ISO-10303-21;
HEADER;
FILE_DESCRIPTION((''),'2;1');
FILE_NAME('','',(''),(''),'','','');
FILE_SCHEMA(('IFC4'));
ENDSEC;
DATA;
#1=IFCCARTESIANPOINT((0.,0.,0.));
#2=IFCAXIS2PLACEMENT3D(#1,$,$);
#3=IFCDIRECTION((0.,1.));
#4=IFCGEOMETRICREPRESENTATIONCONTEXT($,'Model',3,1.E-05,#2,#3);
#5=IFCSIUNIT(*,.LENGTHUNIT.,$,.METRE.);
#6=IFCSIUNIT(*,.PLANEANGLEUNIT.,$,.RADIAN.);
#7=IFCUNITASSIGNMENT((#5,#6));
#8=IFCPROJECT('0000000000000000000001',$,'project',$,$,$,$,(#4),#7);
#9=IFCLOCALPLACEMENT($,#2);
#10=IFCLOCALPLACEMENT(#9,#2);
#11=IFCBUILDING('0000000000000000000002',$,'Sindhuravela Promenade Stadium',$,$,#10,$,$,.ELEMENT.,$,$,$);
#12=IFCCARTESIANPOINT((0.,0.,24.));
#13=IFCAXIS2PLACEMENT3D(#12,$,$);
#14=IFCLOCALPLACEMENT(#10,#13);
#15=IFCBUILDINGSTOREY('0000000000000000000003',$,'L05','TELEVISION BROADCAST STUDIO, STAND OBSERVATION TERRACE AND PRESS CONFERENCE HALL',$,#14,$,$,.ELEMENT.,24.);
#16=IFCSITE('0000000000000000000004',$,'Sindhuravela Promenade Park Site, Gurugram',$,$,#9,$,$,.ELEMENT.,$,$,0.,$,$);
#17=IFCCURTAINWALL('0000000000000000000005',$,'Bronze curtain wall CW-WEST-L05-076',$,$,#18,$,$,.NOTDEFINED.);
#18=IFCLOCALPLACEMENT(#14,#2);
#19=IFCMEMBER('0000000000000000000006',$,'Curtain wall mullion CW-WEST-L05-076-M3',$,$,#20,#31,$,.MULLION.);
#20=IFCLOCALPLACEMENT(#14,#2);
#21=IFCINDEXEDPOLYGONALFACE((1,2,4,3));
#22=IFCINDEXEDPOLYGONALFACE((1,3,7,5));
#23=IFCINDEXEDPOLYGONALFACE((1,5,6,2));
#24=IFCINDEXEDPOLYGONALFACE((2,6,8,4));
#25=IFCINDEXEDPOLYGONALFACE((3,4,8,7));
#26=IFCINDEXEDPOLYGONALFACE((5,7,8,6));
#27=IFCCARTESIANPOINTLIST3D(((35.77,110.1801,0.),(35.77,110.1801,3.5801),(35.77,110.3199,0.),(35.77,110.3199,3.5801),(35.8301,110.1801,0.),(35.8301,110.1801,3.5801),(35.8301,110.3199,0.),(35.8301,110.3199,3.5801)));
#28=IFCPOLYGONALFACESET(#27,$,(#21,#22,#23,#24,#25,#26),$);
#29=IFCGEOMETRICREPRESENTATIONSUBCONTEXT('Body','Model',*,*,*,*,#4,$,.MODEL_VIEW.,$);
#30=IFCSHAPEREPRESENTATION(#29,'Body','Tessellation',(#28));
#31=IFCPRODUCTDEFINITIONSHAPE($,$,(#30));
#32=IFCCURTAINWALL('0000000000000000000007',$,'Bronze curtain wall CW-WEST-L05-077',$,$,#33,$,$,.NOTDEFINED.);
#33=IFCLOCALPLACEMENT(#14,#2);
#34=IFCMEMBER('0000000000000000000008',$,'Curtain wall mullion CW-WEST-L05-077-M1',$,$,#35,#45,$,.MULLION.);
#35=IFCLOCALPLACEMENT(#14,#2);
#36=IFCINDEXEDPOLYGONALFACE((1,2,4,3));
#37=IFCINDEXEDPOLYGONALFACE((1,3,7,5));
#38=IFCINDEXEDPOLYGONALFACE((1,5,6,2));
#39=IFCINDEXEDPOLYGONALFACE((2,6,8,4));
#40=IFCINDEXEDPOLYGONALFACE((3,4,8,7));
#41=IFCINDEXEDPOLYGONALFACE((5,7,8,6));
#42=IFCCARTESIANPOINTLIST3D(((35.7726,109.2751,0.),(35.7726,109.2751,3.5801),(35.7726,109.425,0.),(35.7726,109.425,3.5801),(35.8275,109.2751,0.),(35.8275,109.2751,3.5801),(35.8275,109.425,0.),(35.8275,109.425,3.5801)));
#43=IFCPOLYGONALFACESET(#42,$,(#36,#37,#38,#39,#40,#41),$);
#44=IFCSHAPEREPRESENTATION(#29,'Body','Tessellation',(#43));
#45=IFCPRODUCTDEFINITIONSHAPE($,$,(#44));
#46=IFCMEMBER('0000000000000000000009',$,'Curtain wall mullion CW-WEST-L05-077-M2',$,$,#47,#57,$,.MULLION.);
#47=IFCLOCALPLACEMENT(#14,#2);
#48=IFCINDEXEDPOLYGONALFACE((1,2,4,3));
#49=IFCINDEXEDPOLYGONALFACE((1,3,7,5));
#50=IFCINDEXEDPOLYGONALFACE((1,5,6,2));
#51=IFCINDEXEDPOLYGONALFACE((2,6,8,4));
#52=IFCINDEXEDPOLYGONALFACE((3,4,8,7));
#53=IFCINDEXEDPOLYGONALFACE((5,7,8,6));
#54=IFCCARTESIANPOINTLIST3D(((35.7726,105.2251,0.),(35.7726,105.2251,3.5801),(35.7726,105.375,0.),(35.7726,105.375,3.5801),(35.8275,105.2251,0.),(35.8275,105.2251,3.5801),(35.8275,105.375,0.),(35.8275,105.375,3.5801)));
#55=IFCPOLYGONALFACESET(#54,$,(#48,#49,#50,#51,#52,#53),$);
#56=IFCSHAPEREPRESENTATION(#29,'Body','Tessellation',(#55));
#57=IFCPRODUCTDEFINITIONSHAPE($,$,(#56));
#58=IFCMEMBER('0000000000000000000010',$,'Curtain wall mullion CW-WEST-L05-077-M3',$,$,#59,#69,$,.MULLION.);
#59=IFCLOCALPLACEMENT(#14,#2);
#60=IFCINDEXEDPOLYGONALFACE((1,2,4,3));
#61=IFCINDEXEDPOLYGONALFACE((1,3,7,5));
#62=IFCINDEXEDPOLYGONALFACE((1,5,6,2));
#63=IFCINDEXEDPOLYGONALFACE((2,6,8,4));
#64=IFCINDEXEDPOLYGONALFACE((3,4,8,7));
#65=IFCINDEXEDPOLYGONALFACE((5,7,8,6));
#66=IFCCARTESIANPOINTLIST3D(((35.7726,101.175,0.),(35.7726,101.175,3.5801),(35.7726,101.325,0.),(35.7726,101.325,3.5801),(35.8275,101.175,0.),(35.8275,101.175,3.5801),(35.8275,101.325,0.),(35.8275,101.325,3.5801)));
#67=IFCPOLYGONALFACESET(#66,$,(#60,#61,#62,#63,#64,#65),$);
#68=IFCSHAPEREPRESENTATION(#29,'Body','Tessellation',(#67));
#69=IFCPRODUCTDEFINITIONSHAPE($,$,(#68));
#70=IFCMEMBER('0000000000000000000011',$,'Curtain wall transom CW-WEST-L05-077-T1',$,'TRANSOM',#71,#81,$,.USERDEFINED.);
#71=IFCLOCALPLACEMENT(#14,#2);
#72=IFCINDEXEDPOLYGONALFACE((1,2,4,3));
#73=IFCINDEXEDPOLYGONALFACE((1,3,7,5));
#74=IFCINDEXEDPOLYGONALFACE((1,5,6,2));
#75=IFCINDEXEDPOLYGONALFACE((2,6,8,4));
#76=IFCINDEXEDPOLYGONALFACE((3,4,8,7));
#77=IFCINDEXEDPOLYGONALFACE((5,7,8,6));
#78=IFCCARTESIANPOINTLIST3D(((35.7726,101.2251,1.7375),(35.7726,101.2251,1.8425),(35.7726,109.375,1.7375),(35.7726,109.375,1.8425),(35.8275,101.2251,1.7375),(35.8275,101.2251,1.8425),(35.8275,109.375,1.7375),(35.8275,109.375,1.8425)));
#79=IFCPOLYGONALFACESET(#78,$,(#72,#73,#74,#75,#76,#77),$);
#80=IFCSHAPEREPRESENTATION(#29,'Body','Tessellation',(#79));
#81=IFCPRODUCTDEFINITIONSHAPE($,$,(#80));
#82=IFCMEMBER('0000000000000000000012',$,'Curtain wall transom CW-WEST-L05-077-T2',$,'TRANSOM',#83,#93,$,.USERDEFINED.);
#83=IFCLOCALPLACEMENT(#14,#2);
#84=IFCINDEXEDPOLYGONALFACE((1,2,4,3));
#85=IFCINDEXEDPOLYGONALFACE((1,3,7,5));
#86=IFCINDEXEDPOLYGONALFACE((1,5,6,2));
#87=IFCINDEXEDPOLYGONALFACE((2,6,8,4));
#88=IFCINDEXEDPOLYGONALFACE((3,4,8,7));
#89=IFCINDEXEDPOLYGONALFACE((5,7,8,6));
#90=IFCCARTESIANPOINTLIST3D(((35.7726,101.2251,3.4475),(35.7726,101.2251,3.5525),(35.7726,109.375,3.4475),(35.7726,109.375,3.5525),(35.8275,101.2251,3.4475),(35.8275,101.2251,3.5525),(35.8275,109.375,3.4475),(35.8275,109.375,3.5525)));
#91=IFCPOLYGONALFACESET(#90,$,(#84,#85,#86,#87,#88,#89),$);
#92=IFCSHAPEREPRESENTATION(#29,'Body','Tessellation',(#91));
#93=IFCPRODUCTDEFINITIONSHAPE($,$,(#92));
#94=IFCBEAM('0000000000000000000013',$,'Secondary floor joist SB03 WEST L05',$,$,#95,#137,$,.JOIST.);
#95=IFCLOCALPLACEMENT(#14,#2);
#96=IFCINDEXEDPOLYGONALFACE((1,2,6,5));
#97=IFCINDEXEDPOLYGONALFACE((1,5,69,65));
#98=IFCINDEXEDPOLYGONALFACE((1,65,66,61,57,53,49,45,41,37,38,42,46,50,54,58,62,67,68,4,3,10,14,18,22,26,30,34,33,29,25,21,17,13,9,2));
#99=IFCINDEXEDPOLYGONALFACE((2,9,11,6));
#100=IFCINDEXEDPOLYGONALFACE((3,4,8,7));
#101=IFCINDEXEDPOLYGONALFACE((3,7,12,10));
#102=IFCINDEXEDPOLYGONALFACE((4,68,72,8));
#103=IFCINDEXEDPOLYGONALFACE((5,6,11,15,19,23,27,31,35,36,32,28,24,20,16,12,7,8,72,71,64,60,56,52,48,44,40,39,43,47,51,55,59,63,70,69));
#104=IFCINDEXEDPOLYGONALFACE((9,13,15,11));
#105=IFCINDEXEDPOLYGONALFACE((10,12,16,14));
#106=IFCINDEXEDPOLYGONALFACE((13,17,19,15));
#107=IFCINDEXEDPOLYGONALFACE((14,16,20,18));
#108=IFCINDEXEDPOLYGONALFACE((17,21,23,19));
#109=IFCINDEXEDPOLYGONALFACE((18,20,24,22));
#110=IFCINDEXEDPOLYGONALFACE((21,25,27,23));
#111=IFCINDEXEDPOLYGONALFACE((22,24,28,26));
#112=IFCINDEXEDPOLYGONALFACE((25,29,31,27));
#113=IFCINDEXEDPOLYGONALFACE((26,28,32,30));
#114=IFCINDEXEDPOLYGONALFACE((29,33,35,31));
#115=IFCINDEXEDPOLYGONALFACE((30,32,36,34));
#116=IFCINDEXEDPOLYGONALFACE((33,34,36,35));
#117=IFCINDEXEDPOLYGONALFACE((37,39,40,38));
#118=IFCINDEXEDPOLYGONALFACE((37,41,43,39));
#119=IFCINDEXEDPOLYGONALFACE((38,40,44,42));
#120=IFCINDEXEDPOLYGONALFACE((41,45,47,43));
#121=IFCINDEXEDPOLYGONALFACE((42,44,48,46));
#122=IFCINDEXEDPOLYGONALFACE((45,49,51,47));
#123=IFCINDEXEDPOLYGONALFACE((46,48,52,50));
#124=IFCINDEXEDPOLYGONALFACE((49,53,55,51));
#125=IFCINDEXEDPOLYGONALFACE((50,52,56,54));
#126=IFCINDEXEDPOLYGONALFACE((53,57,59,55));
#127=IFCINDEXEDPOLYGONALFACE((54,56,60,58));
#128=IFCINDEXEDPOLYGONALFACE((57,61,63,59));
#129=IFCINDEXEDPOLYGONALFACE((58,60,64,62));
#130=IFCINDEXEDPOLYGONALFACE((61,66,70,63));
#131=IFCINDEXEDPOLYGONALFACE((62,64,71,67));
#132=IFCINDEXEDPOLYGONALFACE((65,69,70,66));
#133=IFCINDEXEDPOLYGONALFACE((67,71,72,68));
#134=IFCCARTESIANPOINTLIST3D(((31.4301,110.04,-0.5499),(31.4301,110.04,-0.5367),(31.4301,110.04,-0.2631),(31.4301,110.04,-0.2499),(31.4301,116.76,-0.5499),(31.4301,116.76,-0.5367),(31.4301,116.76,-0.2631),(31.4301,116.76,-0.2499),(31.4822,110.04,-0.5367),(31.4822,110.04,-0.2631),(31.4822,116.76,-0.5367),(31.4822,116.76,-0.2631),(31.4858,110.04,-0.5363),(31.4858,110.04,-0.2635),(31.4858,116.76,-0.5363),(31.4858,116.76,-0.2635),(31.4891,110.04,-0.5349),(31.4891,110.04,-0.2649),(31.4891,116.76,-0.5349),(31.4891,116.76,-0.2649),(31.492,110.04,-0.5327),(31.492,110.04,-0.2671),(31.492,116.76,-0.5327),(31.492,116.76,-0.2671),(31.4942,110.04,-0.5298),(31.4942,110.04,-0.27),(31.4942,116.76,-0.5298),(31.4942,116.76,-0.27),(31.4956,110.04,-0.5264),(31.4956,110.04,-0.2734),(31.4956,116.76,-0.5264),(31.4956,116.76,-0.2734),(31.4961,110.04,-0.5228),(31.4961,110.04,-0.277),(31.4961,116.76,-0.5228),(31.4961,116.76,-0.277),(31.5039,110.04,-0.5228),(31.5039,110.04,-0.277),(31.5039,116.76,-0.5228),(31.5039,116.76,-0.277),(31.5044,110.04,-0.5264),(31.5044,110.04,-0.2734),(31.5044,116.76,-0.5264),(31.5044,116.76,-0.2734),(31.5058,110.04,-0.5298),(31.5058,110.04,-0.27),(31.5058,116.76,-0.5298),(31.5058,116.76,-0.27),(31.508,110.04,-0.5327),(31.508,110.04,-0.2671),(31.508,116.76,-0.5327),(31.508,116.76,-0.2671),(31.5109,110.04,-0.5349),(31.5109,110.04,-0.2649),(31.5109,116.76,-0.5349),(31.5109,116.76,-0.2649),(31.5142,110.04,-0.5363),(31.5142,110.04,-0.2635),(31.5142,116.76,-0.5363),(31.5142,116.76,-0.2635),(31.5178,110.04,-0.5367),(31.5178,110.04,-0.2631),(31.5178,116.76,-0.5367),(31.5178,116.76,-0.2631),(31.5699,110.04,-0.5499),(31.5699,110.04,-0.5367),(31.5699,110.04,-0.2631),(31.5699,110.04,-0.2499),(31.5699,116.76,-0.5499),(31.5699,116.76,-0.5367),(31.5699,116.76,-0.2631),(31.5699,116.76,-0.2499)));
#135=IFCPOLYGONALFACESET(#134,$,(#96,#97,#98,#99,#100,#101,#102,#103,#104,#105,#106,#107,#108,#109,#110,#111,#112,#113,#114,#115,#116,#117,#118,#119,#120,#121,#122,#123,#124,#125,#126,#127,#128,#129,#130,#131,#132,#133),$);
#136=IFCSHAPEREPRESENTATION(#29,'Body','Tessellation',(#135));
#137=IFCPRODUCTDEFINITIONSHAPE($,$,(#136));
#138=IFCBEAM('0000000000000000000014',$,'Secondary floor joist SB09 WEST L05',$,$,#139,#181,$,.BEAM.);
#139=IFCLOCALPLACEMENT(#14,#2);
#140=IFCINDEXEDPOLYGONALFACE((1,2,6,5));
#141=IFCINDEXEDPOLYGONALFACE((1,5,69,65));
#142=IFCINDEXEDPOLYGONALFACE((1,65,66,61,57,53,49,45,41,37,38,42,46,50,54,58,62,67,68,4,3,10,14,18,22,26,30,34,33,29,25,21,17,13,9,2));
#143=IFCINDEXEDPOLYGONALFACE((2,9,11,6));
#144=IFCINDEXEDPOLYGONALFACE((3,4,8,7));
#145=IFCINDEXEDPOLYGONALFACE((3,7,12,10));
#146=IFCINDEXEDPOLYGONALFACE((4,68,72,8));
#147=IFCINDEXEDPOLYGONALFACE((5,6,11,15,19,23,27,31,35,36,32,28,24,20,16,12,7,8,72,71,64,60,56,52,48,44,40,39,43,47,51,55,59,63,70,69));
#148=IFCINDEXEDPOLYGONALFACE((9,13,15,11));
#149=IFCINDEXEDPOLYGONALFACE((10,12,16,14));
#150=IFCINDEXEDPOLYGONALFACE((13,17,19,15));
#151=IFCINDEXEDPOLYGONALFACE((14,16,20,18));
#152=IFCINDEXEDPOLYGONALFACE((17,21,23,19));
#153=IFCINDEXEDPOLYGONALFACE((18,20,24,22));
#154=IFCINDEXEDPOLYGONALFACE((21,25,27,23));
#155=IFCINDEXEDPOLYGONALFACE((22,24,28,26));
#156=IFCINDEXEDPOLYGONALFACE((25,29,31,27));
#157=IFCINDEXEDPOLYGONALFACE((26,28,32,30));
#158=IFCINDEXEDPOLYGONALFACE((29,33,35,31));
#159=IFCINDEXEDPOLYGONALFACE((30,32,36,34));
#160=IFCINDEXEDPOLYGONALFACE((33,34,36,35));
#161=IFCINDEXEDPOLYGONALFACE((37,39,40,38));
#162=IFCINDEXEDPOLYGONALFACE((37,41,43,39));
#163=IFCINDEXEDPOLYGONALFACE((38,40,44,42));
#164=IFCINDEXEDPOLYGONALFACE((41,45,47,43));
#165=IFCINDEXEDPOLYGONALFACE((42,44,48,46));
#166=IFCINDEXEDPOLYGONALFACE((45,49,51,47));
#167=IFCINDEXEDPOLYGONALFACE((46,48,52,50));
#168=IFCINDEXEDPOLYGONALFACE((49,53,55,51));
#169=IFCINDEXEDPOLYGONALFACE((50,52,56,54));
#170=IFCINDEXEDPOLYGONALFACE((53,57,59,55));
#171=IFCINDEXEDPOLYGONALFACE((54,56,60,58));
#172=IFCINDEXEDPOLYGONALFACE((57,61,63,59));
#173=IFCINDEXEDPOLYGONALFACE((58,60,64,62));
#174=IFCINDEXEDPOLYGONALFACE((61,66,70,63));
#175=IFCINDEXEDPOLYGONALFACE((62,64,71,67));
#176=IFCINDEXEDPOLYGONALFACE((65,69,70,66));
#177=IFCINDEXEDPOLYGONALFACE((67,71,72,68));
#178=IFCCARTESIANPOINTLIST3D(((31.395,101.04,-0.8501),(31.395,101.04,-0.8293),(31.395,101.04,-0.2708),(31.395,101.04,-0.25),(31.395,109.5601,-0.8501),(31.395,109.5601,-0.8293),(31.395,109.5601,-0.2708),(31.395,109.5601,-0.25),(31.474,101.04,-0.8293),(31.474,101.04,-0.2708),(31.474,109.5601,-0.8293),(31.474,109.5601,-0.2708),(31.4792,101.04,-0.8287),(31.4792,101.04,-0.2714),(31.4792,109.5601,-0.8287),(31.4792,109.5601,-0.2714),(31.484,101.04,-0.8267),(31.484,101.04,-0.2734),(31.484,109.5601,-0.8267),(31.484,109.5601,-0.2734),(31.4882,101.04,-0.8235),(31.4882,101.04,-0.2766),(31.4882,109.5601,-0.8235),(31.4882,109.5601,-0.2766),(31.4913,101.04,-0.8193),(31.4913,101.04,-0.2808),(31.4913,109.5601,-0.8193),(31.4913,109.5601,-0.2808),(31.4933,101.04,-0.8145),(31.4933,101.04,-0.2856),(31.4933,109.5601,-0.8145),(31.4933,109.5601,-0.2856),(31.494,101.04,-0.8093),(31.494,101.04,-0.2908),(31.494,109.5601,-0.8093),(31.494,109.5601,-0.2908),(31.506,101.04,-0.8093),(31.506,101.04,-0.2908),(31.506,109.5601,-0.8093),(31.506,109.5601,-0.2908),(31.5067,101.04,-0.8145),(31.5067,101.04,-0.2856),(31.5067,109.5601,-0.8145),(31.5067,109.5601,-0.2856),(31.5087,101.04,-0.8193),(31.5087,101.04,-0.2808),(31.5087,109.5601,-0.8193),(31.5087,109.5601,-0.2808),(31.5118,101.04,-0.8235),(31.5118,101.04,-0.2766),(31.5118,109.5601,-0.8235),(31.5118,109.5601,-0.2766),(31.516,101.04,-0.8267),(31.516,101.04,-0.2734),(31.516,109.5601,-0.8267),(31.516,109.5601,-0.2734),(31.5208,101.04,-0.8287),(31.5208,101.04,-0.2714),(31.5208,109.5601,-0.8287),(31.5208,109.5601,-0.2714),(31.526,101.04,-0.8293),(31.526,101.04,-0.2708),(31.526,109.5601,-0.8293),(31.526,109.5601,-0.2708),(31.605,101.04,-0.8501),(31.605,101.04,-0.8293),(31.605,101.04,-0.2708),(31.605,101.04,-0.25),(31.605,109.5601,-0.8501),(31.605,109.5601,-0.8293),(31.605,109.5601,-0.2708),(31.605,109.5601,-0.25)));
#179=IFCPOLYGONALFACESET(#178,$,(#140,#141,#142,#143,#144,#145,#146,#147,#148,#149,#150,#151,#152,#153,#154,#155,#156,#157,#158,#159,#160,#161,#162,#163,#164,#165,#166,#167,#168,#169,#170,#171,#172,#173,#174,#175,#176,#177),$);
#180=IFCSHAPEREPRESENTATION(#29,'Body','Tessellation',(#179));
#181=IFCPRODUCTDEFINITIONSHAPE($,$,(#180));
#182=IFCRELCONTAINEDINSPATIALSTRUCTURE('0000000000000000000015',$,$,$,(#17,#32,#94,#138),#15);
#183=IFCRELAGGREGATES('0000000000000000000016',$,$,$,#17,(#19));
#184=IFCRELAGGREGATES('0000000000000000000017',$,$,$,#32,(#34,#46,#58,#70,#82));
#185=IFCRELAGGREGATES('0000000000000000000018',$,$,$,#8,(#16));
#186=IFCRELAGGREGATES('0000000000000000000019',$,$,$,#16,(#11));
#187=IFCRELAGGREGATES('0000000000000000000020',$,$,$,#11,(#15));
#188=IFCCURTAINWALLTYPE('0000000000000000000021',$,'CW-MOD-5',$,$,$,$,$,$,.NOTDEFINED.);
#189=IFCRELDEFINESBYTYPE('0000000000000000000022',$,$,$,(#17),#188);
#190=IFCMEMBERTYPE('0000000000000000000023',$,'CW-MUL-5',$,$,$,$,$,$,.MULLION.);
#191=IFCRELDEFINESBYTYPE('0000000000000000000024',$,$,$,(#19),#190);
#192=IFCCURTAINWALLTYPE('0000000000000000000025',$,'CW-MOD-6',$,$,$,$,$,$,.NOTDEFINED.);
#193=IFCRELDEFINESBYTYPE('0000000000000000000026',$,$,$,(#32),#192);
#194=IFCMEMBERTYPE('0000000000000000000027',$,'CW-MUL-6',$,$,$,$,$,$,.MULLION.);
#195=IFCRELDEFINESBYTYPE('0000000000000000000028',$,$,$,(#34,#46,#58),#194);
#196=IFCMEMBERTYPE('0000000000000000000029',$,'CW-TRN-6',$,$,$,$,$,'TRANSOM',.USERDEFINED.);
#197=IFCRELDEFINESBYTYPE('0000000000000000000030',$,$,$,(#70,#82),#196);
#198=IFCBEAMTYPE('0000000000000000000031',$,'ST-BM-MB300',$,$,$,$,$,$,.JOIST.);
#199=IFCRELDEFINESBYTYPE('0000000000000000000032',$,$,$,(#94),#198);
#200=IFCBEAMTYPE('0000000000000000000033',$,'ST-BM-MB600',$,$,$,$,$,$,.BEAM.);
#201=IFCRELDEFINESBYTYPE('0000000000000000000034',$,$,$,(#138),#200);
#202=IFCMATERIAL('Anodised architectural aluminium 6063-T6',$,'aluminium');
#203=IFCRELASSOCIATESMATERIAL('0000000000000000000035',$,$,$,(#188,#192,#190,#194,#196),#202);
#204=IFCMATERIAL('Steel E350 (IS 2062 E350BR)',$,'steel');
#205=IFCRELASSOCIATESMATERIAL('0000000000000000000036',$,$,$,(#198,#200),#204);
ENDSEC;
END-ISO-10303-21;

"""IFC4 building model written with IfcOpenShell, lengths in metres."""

from ifc_helpers import new_model, si_unit, direction, frame, origin, origin_2d, place, context, subcontext, project, spatial, rectangle, i_section, extrude, material, material_profile, profile_set, type_object, element, aggregate, save


model = new_model("IFC4")

# Units and contexts
model_context = context("Model", 3, precision=1e-05, world=origin(), true_north=direction((0.0, 1.0)))
body_context = subcontext(model_context, "Body", "Model", "MODEL_VIEW")
ifc_project = project(units=[si_unit("LENGTHUNIT", "METRE"), si_unit("PLANEANGLEUNIT", "RADIAN")], contexts=[model_context])

# Site, building, storey
site_placement = place(None, origin())
site = spatial("IfcSite", under=ifc_project, at=site_placement, Name="Sindhuravela Promenade Park Site, Gurugram", CompositionType="ELEMENT", RefElevation=0.0)
building_placement = place(site_placement, origin())
building = spatial("IfcBuilding", under=site, at=building_placement, Name="Sindhuravela Promenade Stadium", CompositionType="ELEMENT")
storey_placement = place(building_placement, frame((0.0, 0.0, 24.0)))
storey = spatial("IfcBuildingStorey", under=building, at=storey_placement, Name="L05", Description="TELEVISION BROADCAST STUDIO, STAND OBSERVATION TERRACE AND PRESS CONFERENCE HALL", CompositionType="ELEMENT", Elevation=24.0)

# Curtain wall, member
ifc_material_1 = material(Name="Anodised architectural aluminium 6063-T6", Category="aluminium")
curtain_wall_type_1 = type_object("IfcCurtainWallType", Name="CW-MOD-5", PredefinedType="NOTDEFINED", material=ifc_material_1)
curtain_wall_1_placement = place(storey_placement, origin())
curtain_wall_1 = element("IfcCurtainWall", 1, at=curtain_wall_1_placement, inside=storey, type_object=curtain_wall_type_1, Name="Bronze curtain wall CW-WEST-L05-076", PredefinedType="NOTDEFINED")
ifc_material_profile_1 = material_profile(ifc_material_1, rectangle(XDim=0.0601, YDim=0.1399, at=origin_2d()), Name="ALU M60x140")
ifc_profile_set_1 = profile_set([ifc_material_profile_1], Name="Anodised architectural aluminium 6063-T6")
member_type_1 = type_object("IfcMemberType", Name="CW-MUL-5", PredefinedType="MULLION", material=ifc_profile_set_1)
member_1_placement = place(storey_placement, frame((35.8, 110.25, 0.0), z_axis=(0.0, 0.0, 1.0), x_axis=(1.0, 0.0, 0.0)))
member_1 = element("IfcMember", 2, at=member_1_placement, type_object=member_type_1, Name="Curtain wall mullion CW-WEST-L05-076-M3", PredefinedType="MULLION", context=body_context, shape_type="SweptSolid", body=[
    extrude(rectangle(XDim=0.0601, YDim=0.1399, at=origin_2d()), origin(), (0.0, 0.0, 1.0), 3.5801),
])

# Curtain wall, members
curtain_wall_type_2 = type_object("IfcCurtainWallType", Name="CW-MOD-6", PredefinedType="NOTDEFINED", material=ifc_material_1)
curtain_wall_2_placement = place(storey_placement, origin())
curtain_wall_2 = element("IfcCurtainWall", 3, at=curtain_wall_2_placement, inside=storey, type_object=curtain_wall_type_2, Name="Bronze curtain wall CW-WEST-L05-077", PredefinedType="NOTDEFINED")
ifc_material_profile_2 = material_profile(ifc_material_1, rectangle(XDim=0.0549, YDim=0.1499, at=origin_2d()), Name="ALU M55x150")
ifc_profile_set_2 = profile_set([ifc_material_profile_2], Name="Anodised architectural aluminium 6063-T6")
member_type_2 = type_object("IfcMemberType", Name="CW-MUL-6", PredefinedType="MULLION", material=ifc_profile_set_2)
member_2_placement = place(storey_placement, frame((35.8, 109.3501, 0.0), z_axis=(0.0, 0.0, 1.0), x_axis=(1.0, 0.0, 0.0)))
member_2 = element("IfcMember", 4, at=member_2_placement, type_object=member_type_2, Name="Curtain wall mullion CW-WEST-L05-077-M1", PredefinedType="MULLION", context=body_context, shape_type="SweptSolid", body=[
    extrude(rectangle(XDim=0.0549, YDim=0.1499, at=origin_2d()), origin(), (0.0, 0.0, 1.0), 3.5801),
])
member_3_placement = place(storey_placement, frame((35.8, 105.3, 0.0), z_axis=(0.0, 0.0, 1.0), x_axis=(1.0, 0.0, 0.0)))
member_3 = element("IfcMember", 5, at=member_3_placement, type_object=member_type_2, Name="Curtain wall mullion CW-WEST-L05-077-M2", PredefinedType="MULLION", context=body_context, shape_type="SweptSolid", body=[
    extrude(rectangle(XDim=0.0549, YDim=0.1499, at=origin_2d()), origin(), (0.0, 0.0, 1.0), 3.5801),
])
member_4_placement = place(storey_placement, frame((35.8, 101.25, 0.0), z_axis=(0.0, 0.0, 1.0), x_axis=(1.0, 0.0, 0.0)))
member_4 = element("IfcMember", 6, at=member_4_placement, type_object=member_type_2, Name="Curtain wall mullion CW-WEST-L05-077-M3", PredefinedType="MULLION", context=body_context, shape_type="SweptSolid", body=[
    extrude(rectangle(XDim=0.0549, YDim=0.1499, at=origin_2d()), origin(), (0.0, 0.0, 1.0), 3.5801),
])
ifc_material_profile_3 = material_profile(ifc_material_1, rectangle(XDim=0.0549, YDim=0.105, at=origin_2d()), Name="ALU T55x105")
ifc_profile_set_3 = profile_set([ifc_material_profile_3], Name="Anodised architectural aluminium 6063-T6")
member_type_3 = type_object("IfcMemberType", Name="CW-TRN-6", ElementType="TRANSOM", PredefinedType="USERDEFINED", material=ifc_profile_set_3)
member_5_placement = place(storey_placement, frame((35.8, 109.375, 1.79), z_axis=(0.0, -1.0, 0.0), x_axis=(1.0, 0.0, 0.0)))
member_5 = element("IfcMember", 7, at=member_5_placement, type_object=member_type_3, Name="Curtain wall transom CW-WEST-L05-077-T1", ObjectType="TRANSOM", PredefinedType="USERDEFINED", context=body_context, shape_type="SweptSolid", body=[
    extrude(rectangle(XDim=0.0549, YDim=0.105, at=origin_2d()), origin(), (0.0, 0.0, 1.0), 8.1499),
])
member_6_placement = place(storey_placement, frame((35.8, 109.375, 3.5), z_axis=(0.0, -1.0, 0.0), x_axis=(1.0, 0.0, 0.0)))
member_6 = element("IfcMember", 8, at=member_6_placement, type_object=member_type_3, Name="Curtain wall transom CW-WEST-L05-077-T2", ObjectType="TRANSOM", PredefinedType="USERDEFINED", context=body_context, shape_type="SweptSolid", body=[
    extrude(rectangle(XDim=0.0549, YDim=0.105, at=origin_2d()), origin(), (0.0, 0.0, 1.0), 8.1499),
])

# Beams
ifc_material_2 = material(Name="Steel E350 (IS 2062 E350BR)", Category="steel")
ifc_material_profile_4 = material_profile(ifc_material_2, i_section(OverallWidth=0.1399, OverallDepth=0.3, WebThickness=0.0078, FlangeThickness=0.0132, FilletRadius=0.0139, at=origin_2d()), Name="ISMB 300")
ifc_profile_set_4 = profile_set([ifc_material_profile_4], Name="Steel E350 (IS 2062 E350BR)")
beam_type_1 = type_object("IfcBeamType", Name="ST-BM-MB300", PredefinedType="JOIST", material=ifc_profile_set_4)
beam_1_placement = place(storey_placement, frame((31.5, 110.04, -0.3999), z_axis=(0.0, 1.0, 0.0), x_axis=(-1.0, 0.0, 0.0)))
element("IfcBeam", 9, at=beam_1_placement, inside=storey, type_object=beam_type_1, Name="Secondary floor joist SB03 WEST L05", PredefinedType="JOIST", context=body_context, shape_type="SweptSolid", body=[
    extrude(i_section(OverallWidth=0.1399, OverallDepth=0.3, WebThickness=0.0078, FlangeThickness=0.0132, FilletRadius=0.0139, at=origin_2d()), origin(), (0.0, 0.0, 1.0), 6.72),
])
ifc_material_profile_5 = material_profile(ifc_material_2, i_section(OverallWidth=0.21, OverallDepth=0.6001, WebThickness=0.012, FlangeThickness=0.0208, FilletRadius=0.02, at=origin_2d()), Name="ISMB 600")
ifc_profile_set_5 = profile_set([ifc_material_profile_5], Name="Steel E350 (IS 2062 E350BR)")
beam_type_2 = type_object("IfcBeamType", Name="ST-BM-MB600", PredefinedType="BEAM", material=ifc_profile_set_5)
beam_2_placement = place(storey_placement, frame((31.5, 101.04, -0.55), z_axis=(0.0, 1.0, 0.0), x_axis=(-1.0, 0.0, 0.0)))
element("IfcBeam", 10, at=beam_2_placement, inside=storey, type_object=beam_type_2, Name="Secondary floor joist SB09 WEST L05", PredefinedType="BEAM", context=body_context, shape_type="SweptSolid", body=[
    extrude(i_section(OverallWidth=0.21, OverallDepth=0.6001, WebThickness=0.012, FlangeThickness=0.0208, FilletRadius=0.02, at=origin_2d()), origin(), (0.0, 0.0, 1.0), 8.52),
])

aggregate(curtain_wall_1, [member_1])
aggregate(curtain_wall_2, [member_2, member_3, member_4, member_5, member_6])

save(model, "model.ifc")
